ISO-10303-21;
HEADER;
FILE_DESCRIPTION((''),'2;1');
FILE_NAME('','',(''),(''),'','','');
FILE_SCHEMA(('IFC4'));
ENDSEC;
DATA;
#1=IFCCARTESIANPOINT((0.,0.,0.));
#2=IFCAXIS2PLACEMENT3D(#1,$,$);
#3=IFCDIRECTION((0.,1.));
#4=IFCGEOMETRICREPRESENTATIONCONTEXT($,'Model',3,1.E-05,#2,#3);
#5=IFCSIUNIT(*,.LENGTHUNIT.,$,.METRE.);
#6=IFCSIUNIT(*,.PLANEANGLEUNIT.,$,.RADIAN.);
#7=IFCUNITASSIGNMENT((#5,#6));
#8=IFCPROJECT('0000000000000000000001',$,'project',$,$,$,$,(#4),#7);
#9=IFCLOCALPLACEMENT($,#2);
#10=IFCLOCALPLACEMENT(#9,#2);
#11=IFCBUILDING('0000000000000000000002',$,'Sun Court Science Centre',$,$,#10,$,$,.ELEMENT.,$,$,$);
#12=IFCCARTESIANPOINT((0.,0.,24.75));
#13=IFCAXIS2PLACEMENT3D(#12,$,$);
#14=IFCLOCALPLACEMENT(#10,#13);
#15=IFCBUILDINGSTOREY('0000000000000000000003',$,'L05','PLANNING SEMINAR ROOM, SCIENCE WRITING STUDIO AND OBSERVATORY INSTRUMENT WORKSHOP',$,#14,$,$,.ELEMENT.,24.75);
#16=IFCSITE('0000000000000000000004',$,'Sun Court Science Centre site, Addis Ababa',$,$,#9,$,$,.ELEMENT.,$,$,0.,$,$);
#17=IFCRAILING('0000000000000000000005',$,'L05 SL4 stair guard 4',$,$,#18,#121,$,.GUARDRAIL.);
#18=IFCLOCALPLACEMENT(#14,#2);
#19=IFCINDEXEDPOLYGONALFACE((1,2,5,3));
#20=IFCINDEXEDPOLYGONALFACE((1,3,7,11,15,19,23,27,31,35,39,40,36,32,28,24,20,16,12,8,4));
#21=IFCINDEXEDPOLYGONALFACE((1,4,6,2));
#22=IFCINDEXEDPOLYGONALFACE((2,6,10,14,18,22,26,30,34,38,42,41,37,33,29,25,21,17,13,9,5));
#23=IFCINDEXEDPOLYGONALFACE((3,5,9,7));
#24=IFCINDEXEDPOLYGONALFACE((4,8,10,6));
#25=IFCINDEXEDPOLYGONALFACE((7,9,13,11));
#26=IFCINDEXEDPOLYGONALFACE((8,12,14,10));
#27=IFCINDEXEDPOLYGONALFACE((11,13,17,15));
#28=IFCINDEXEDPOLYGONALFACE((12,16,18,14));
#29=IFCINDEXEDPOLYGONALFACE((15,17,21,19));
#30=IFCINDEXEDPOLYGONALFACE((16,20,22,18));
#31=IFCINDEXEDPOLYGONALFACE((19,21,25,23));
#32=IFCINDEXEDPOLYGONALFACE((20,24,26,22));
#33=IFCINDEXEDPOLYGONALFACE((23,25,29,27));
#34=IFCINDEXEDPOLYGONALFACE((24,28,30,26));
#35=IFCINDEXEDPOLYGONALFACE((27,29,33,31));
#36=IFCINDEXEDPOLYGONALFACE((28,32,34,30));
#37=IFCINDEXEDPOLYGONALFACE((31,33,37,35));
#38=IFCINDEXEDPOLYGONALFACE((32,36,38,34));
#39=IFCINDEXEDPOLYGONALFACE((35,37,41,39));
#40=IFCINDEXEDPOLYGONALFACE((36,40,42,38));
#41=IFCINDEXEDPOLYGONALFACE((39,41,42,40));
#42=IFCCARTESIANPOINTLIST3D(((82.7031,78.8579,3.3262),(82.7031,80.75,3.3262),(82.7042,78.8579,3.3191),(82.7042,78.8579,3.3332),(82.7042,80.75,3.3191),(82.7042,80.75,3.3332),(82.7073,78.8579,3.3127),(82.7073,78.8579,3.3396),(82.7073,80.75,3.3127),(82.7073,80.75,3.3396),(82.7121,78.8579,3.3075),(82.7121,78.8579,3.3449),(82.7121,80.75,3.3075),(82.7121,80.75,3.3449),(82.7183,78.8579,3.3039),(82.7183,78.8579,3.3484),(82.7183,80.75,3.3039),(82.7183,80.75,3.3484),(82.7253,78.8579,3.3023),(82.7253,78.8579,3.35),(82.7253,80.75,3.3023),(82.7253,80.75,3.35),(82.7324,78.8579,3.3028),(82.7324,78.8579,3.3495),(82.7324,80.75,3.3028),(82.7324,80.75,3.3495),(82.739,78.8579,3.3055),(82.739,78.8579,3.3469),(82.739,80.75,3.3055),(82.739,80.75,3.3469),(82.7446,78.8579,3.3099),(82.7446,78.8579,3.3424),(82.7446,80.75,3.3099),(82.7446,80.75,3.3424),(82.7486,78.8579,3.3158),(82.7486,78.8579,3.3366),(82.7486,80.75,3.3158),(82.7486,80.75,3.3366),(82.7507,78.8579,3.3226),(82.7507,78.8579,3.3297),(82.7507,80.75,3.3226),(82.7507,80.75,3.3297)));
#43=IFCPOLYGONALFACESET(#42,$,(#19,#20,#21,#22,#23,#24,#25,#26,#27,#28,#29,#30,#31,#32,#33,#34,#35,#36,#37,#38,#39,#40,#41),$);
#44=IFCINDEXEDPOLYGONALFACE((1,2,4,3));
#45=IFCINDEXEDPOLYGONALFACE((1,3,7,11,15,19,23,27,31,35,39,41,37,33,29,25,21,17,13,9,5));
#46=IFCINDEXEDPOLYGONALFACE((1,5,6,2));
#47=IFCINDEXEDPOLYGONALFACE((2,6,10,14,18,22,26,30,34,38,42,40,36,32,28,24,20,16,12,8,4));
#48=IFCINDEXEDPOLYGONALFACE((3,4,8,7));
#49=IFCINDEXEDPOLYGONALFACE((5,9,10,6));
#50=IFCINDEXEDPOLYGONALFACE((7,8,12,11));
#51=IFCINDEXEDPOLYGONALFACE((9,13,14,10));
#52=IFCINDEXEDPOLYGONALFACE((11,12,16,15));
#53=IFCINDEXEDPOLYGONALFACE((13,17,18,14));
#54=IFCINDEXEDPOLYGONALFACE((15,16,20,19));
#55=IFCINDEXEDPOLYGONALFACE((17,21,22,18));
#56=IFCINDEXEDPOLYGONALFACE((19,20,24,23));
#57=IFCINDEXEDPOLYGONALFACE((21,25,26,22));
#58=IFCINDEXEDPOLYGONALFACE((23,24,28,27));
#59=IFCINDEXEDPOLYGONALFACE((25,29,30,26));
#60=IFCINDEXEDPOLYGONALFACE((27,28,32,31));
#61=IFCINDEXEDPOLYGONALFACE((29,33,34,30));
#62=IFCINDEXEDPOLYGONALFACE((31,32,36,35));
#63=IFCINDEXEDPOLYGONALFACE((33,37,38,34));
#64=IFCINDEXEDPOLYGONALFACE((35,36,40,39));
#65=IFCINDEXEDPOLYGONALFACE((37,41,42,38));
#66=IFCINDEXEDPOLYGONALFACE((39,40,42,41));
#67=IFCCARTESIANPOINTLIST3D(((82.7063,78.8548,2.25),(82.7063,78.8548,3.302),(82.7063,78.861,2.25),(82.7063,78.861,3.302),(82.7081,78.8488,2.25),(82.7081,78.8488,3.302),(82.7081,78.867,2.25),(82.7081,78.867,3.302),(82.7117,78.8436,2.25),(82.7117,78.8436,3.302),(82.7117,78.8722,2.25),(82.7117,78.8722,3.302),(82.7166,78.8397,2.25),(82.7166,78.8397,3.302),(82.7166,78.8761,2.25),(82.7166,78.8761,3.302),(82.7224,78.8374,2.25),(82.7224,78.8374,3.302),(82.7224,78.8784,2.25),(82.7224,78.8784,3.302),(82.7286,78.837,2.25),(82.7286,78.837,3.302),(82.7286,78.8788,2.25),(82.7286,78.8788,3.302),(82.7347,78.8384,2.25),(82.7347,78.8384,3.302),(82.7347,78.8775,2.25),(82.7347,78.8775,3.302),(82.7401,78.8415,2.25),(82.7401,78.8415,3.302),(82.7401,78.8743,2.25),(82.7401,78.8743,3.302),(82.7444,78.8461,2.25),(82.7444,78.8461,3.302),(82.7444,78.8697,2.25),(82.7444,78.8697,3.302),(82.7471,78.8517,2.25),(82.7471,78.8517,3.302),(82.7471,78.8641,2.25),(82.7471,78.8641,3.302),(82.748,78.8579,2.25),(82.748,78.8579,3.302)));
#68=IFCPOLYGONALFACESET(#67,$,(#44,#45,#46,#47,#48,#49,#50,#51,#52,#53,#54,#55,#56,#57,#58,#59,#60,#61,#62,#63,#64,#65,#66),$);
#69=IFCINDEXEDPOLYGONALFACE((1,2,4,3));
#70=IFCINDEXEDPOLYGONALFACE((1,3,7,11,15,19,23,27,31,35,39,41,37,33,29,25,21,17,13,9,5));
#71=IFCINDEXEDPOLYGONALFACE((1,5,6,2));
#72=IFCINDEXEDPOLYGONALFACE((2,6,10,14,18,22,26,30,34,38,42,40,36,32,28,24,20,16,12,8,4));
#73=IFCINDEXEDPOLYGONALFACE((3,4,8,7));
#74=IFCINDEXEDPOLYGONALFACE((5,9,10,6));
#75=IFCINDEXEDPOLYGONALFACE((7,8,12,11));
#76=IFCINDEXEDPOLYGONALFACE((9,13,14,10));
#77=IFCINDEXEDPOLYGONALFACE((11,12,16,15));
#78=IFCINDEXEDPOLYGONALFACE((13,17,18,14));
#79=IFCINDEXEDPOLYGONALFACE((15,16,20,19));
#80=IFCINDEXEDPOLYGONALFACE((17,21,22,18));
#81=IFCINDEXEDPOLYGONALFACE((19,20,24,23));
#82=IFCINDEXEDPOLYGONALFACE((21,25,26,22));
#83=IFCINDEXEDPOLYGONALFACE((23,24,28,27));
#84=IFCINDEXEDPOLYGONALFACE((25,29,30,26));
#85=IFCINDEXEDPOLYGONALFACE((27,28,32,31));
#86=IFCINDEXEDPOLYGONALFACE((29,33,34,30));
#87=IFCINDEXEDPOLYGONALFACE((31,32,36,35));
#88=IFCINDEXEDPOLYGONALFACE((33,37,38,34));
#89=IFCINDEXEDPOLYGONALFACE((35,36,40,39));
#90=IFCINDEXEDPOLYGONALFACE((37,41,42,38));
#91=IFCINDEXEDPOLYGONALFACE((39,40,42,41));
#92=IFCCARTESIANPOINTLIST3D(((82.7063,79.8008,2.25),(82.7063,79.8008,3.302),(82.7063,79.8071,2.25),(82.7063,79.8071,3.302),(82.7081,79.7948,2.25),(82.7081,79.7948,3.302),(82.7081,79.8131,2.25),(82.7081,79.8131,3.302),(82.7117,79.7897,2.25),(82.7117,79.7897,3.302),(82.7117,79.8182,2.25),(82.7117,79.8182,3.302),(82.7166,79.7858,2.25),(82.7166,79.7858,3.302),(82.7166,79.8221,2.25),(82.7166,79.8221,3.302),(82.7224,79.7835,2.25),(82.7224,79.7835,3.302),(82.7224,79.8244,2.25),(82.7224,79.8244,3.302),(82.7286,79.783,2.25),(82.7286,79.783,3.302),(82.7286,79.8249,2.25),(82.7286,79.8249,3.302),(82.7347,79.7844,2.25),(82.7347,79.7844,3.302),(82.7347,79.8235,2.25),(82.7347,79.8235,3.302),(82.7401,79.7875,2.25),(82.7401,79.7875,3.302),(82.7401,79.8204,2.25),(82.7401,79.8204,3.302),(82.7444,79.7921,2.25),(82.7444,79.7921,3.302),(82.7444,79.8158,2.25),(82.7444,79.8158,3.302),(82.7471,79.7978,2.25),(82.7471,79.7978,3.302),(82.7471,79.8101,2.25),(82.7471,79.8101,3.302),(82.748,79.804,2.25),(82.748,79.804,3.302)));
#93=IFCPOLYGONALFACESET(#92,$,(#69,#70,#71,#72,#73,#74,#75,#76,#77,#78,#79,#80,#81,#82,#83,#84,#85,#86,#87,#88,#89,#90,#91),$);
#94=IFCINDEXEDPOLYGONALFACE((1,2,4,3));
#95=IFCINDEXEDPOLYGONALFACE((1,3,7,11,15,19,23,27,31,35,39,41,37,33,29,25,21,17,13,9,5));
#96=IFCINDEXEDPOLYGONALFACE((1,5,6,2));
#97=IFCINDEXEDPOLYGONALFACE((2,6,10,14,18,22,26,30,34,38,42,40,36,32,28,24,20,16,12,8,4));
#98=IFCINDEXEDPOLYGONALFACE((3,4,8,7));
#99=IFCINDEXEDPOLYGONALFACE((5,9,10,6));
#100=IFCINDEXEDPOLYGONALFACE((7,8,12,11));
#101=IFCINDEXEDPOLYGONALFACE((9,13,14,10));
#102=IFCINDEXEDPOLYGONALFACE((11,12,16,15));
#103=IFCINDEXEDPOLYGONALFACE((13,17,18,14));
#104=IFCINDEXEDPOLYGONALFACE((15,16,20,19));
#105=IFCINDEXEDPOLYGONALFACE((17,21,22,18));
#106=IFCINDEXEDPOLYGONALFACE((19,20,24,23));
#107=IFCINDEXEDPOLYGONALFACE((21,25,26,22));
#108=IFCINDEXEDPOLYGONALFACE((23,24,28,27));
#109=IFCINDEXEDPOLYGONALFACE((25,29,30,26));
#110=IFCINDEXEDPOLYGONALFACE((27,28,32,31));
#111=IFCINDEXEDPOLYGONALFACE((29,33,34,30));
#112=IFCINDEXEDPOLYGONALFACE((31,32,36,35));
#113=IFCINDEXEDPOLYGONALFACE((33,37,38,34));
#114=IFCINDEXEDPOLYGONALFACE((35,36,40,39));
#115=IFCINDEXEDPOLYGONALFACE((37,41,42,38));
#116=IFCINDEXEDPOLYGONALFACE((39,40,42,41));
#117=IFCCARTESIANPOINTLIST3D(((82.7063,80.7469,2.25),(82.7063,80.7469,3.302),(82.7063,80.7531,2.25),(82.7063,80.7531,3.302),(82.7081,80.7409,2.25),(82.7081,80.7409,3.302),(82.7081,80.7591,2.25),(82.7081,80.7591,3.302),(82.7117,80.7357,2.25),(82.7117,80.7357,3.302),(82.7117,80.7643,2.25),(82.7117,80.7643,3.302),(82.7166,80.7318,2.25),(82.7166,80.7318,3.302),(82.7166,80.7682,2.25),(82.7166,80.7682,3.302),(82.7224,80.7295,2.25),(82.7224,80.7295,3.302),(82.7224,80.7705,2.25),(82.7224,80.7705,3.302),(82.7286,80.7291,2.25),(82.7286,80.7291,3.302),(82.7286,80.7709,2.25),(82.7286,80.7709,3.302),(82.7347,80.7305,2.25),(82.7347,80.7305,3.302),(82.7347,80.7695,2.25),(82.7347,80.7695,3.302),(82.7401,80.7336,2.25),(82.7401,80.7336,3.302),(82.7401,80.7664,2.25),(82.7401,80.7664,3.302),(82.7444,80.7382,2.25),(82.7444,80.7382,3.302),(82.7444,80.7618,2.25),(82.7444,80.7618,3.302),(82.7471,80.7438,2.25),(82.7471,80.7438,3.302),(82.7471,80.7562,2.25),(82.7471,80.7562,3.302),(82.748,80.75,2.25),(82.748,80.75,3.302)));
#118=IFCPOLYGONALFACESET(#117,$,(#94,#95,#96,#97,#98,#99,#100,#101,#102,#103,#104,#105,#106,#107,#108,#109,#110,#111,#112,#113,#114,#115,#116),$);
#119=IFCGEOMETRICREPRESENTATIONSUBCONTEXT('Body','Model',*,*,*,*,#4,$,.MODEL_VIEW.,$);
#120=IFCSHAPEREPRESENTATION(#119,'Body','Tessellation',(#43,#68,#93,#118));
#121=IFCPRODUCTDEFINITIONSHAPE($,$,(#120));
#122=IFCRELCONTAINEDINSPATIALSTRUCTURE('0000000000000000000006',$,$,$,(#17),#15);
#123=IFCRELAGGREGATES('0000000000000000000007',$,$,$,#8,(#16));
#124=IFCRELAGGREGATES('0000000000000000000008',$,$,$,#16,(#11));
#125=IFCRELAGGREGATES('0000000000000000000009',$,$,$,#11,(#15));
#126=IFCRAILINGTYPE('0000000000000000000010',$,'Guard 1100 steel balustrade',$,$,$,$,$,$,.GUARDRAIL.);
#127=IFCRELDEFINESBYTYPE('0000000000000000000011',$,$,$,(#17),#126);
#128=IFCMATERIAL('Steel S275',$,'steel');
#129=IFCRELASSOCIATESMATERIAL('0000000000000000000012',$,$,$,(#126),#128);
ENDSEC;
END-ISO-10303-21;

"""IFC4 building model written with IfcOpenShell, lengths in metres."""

from ifc_helpers import new_model, si_unit, direction, frame, origin, origin_2d, place, context, subcontext, project, spatial, circle, extrude, material, type_object, element, save


model = new_model("IFC4")

# Units and contexts
model_context = context("Model", 3, precision=1e-05, world=origin(), true_north=direction((0.0, 1.0)))
body_context = subcontext(model_context, "Body", "Model", "MODEL_VIEW")
ifc_project = project(units=[si_unit("LENGTHUNIT", "METRE"), si_unit("PLANEANGLEUNIT", "RADIAN")], contexts=[model_context])

# Site, building, storey
site_placement = place(None, origin())
site = spatial("IfcSite", under=ifc_project, at=site_placement, Name="Sun Court Science Centre site, Addis Ababa", CompositionType="ELEMENT", RefElevation=0.0)
building_placement = place(site_placement, origin())
building = spatial("IfcBuilding", under=site, at=building_placement, Name="Sun Court Science Centre", CompositionType="ELEMENT")
storey_placement = place(building_placement, frame((0.0, 0.0, 24.75)))
storey = spatial("IfcBuildingStorey", under=building, at=storey_placement, Name="L05", Description="PLANNING SEMINAR ROOM, SCIENCE WRITING STUDIO AND OBSERVATORY INSTRUMENT WORKSHOP", CompositionType="ELEMENT", Elevation=24.75)

# Railing
ifc_material_1 = material(Name="Steel S275", Category="steel")
railing_type_1 = type_object("IfcRailingType", Name="Guard 1100 steel balustrade", PredefinedType="GUARDRAIL", material=ifc_material_1)
for number, where, name in (
    (1, (82.7271, 78.8579, 2.25), "L05 SL4 stair guard 4"),
):
    element("IfcRailing", number, at=place(storey_placement, frame(where)), inside=storey, type_object=railing_type_1, Name=name, PredefinedType="GUARDRAIL", context=body_context, shape_type="SweptSolid", body=[
        extrude(circle(Radius=0.0239, at=origin_2d()), frame((0.0, 0.0, 1.0762), z_axis=(0.0, 1.0, 0.0), x_axis=(-1.0, 0.0, 0.0)), (0.0, 0.0, 1.0), 1.8921),
        extrude(circle(Radius=0.021, at=origin_2d()), origin(), (0.0, 0.0, 1.0), 1.052),
        extrude(circle(Radius=0.021, at=origin_2d()), frame((0.0, 0.946, 0.0)), (0.0, 0.0, 1.0), 1.052),
        extrude(circle(Radius=0.021, at=origin_2d()), frame((0.0, 1.8921, 0.0)), (0.0, 0.0, 1.0), 1.052),
    ])

save(model, "model.ifc")
